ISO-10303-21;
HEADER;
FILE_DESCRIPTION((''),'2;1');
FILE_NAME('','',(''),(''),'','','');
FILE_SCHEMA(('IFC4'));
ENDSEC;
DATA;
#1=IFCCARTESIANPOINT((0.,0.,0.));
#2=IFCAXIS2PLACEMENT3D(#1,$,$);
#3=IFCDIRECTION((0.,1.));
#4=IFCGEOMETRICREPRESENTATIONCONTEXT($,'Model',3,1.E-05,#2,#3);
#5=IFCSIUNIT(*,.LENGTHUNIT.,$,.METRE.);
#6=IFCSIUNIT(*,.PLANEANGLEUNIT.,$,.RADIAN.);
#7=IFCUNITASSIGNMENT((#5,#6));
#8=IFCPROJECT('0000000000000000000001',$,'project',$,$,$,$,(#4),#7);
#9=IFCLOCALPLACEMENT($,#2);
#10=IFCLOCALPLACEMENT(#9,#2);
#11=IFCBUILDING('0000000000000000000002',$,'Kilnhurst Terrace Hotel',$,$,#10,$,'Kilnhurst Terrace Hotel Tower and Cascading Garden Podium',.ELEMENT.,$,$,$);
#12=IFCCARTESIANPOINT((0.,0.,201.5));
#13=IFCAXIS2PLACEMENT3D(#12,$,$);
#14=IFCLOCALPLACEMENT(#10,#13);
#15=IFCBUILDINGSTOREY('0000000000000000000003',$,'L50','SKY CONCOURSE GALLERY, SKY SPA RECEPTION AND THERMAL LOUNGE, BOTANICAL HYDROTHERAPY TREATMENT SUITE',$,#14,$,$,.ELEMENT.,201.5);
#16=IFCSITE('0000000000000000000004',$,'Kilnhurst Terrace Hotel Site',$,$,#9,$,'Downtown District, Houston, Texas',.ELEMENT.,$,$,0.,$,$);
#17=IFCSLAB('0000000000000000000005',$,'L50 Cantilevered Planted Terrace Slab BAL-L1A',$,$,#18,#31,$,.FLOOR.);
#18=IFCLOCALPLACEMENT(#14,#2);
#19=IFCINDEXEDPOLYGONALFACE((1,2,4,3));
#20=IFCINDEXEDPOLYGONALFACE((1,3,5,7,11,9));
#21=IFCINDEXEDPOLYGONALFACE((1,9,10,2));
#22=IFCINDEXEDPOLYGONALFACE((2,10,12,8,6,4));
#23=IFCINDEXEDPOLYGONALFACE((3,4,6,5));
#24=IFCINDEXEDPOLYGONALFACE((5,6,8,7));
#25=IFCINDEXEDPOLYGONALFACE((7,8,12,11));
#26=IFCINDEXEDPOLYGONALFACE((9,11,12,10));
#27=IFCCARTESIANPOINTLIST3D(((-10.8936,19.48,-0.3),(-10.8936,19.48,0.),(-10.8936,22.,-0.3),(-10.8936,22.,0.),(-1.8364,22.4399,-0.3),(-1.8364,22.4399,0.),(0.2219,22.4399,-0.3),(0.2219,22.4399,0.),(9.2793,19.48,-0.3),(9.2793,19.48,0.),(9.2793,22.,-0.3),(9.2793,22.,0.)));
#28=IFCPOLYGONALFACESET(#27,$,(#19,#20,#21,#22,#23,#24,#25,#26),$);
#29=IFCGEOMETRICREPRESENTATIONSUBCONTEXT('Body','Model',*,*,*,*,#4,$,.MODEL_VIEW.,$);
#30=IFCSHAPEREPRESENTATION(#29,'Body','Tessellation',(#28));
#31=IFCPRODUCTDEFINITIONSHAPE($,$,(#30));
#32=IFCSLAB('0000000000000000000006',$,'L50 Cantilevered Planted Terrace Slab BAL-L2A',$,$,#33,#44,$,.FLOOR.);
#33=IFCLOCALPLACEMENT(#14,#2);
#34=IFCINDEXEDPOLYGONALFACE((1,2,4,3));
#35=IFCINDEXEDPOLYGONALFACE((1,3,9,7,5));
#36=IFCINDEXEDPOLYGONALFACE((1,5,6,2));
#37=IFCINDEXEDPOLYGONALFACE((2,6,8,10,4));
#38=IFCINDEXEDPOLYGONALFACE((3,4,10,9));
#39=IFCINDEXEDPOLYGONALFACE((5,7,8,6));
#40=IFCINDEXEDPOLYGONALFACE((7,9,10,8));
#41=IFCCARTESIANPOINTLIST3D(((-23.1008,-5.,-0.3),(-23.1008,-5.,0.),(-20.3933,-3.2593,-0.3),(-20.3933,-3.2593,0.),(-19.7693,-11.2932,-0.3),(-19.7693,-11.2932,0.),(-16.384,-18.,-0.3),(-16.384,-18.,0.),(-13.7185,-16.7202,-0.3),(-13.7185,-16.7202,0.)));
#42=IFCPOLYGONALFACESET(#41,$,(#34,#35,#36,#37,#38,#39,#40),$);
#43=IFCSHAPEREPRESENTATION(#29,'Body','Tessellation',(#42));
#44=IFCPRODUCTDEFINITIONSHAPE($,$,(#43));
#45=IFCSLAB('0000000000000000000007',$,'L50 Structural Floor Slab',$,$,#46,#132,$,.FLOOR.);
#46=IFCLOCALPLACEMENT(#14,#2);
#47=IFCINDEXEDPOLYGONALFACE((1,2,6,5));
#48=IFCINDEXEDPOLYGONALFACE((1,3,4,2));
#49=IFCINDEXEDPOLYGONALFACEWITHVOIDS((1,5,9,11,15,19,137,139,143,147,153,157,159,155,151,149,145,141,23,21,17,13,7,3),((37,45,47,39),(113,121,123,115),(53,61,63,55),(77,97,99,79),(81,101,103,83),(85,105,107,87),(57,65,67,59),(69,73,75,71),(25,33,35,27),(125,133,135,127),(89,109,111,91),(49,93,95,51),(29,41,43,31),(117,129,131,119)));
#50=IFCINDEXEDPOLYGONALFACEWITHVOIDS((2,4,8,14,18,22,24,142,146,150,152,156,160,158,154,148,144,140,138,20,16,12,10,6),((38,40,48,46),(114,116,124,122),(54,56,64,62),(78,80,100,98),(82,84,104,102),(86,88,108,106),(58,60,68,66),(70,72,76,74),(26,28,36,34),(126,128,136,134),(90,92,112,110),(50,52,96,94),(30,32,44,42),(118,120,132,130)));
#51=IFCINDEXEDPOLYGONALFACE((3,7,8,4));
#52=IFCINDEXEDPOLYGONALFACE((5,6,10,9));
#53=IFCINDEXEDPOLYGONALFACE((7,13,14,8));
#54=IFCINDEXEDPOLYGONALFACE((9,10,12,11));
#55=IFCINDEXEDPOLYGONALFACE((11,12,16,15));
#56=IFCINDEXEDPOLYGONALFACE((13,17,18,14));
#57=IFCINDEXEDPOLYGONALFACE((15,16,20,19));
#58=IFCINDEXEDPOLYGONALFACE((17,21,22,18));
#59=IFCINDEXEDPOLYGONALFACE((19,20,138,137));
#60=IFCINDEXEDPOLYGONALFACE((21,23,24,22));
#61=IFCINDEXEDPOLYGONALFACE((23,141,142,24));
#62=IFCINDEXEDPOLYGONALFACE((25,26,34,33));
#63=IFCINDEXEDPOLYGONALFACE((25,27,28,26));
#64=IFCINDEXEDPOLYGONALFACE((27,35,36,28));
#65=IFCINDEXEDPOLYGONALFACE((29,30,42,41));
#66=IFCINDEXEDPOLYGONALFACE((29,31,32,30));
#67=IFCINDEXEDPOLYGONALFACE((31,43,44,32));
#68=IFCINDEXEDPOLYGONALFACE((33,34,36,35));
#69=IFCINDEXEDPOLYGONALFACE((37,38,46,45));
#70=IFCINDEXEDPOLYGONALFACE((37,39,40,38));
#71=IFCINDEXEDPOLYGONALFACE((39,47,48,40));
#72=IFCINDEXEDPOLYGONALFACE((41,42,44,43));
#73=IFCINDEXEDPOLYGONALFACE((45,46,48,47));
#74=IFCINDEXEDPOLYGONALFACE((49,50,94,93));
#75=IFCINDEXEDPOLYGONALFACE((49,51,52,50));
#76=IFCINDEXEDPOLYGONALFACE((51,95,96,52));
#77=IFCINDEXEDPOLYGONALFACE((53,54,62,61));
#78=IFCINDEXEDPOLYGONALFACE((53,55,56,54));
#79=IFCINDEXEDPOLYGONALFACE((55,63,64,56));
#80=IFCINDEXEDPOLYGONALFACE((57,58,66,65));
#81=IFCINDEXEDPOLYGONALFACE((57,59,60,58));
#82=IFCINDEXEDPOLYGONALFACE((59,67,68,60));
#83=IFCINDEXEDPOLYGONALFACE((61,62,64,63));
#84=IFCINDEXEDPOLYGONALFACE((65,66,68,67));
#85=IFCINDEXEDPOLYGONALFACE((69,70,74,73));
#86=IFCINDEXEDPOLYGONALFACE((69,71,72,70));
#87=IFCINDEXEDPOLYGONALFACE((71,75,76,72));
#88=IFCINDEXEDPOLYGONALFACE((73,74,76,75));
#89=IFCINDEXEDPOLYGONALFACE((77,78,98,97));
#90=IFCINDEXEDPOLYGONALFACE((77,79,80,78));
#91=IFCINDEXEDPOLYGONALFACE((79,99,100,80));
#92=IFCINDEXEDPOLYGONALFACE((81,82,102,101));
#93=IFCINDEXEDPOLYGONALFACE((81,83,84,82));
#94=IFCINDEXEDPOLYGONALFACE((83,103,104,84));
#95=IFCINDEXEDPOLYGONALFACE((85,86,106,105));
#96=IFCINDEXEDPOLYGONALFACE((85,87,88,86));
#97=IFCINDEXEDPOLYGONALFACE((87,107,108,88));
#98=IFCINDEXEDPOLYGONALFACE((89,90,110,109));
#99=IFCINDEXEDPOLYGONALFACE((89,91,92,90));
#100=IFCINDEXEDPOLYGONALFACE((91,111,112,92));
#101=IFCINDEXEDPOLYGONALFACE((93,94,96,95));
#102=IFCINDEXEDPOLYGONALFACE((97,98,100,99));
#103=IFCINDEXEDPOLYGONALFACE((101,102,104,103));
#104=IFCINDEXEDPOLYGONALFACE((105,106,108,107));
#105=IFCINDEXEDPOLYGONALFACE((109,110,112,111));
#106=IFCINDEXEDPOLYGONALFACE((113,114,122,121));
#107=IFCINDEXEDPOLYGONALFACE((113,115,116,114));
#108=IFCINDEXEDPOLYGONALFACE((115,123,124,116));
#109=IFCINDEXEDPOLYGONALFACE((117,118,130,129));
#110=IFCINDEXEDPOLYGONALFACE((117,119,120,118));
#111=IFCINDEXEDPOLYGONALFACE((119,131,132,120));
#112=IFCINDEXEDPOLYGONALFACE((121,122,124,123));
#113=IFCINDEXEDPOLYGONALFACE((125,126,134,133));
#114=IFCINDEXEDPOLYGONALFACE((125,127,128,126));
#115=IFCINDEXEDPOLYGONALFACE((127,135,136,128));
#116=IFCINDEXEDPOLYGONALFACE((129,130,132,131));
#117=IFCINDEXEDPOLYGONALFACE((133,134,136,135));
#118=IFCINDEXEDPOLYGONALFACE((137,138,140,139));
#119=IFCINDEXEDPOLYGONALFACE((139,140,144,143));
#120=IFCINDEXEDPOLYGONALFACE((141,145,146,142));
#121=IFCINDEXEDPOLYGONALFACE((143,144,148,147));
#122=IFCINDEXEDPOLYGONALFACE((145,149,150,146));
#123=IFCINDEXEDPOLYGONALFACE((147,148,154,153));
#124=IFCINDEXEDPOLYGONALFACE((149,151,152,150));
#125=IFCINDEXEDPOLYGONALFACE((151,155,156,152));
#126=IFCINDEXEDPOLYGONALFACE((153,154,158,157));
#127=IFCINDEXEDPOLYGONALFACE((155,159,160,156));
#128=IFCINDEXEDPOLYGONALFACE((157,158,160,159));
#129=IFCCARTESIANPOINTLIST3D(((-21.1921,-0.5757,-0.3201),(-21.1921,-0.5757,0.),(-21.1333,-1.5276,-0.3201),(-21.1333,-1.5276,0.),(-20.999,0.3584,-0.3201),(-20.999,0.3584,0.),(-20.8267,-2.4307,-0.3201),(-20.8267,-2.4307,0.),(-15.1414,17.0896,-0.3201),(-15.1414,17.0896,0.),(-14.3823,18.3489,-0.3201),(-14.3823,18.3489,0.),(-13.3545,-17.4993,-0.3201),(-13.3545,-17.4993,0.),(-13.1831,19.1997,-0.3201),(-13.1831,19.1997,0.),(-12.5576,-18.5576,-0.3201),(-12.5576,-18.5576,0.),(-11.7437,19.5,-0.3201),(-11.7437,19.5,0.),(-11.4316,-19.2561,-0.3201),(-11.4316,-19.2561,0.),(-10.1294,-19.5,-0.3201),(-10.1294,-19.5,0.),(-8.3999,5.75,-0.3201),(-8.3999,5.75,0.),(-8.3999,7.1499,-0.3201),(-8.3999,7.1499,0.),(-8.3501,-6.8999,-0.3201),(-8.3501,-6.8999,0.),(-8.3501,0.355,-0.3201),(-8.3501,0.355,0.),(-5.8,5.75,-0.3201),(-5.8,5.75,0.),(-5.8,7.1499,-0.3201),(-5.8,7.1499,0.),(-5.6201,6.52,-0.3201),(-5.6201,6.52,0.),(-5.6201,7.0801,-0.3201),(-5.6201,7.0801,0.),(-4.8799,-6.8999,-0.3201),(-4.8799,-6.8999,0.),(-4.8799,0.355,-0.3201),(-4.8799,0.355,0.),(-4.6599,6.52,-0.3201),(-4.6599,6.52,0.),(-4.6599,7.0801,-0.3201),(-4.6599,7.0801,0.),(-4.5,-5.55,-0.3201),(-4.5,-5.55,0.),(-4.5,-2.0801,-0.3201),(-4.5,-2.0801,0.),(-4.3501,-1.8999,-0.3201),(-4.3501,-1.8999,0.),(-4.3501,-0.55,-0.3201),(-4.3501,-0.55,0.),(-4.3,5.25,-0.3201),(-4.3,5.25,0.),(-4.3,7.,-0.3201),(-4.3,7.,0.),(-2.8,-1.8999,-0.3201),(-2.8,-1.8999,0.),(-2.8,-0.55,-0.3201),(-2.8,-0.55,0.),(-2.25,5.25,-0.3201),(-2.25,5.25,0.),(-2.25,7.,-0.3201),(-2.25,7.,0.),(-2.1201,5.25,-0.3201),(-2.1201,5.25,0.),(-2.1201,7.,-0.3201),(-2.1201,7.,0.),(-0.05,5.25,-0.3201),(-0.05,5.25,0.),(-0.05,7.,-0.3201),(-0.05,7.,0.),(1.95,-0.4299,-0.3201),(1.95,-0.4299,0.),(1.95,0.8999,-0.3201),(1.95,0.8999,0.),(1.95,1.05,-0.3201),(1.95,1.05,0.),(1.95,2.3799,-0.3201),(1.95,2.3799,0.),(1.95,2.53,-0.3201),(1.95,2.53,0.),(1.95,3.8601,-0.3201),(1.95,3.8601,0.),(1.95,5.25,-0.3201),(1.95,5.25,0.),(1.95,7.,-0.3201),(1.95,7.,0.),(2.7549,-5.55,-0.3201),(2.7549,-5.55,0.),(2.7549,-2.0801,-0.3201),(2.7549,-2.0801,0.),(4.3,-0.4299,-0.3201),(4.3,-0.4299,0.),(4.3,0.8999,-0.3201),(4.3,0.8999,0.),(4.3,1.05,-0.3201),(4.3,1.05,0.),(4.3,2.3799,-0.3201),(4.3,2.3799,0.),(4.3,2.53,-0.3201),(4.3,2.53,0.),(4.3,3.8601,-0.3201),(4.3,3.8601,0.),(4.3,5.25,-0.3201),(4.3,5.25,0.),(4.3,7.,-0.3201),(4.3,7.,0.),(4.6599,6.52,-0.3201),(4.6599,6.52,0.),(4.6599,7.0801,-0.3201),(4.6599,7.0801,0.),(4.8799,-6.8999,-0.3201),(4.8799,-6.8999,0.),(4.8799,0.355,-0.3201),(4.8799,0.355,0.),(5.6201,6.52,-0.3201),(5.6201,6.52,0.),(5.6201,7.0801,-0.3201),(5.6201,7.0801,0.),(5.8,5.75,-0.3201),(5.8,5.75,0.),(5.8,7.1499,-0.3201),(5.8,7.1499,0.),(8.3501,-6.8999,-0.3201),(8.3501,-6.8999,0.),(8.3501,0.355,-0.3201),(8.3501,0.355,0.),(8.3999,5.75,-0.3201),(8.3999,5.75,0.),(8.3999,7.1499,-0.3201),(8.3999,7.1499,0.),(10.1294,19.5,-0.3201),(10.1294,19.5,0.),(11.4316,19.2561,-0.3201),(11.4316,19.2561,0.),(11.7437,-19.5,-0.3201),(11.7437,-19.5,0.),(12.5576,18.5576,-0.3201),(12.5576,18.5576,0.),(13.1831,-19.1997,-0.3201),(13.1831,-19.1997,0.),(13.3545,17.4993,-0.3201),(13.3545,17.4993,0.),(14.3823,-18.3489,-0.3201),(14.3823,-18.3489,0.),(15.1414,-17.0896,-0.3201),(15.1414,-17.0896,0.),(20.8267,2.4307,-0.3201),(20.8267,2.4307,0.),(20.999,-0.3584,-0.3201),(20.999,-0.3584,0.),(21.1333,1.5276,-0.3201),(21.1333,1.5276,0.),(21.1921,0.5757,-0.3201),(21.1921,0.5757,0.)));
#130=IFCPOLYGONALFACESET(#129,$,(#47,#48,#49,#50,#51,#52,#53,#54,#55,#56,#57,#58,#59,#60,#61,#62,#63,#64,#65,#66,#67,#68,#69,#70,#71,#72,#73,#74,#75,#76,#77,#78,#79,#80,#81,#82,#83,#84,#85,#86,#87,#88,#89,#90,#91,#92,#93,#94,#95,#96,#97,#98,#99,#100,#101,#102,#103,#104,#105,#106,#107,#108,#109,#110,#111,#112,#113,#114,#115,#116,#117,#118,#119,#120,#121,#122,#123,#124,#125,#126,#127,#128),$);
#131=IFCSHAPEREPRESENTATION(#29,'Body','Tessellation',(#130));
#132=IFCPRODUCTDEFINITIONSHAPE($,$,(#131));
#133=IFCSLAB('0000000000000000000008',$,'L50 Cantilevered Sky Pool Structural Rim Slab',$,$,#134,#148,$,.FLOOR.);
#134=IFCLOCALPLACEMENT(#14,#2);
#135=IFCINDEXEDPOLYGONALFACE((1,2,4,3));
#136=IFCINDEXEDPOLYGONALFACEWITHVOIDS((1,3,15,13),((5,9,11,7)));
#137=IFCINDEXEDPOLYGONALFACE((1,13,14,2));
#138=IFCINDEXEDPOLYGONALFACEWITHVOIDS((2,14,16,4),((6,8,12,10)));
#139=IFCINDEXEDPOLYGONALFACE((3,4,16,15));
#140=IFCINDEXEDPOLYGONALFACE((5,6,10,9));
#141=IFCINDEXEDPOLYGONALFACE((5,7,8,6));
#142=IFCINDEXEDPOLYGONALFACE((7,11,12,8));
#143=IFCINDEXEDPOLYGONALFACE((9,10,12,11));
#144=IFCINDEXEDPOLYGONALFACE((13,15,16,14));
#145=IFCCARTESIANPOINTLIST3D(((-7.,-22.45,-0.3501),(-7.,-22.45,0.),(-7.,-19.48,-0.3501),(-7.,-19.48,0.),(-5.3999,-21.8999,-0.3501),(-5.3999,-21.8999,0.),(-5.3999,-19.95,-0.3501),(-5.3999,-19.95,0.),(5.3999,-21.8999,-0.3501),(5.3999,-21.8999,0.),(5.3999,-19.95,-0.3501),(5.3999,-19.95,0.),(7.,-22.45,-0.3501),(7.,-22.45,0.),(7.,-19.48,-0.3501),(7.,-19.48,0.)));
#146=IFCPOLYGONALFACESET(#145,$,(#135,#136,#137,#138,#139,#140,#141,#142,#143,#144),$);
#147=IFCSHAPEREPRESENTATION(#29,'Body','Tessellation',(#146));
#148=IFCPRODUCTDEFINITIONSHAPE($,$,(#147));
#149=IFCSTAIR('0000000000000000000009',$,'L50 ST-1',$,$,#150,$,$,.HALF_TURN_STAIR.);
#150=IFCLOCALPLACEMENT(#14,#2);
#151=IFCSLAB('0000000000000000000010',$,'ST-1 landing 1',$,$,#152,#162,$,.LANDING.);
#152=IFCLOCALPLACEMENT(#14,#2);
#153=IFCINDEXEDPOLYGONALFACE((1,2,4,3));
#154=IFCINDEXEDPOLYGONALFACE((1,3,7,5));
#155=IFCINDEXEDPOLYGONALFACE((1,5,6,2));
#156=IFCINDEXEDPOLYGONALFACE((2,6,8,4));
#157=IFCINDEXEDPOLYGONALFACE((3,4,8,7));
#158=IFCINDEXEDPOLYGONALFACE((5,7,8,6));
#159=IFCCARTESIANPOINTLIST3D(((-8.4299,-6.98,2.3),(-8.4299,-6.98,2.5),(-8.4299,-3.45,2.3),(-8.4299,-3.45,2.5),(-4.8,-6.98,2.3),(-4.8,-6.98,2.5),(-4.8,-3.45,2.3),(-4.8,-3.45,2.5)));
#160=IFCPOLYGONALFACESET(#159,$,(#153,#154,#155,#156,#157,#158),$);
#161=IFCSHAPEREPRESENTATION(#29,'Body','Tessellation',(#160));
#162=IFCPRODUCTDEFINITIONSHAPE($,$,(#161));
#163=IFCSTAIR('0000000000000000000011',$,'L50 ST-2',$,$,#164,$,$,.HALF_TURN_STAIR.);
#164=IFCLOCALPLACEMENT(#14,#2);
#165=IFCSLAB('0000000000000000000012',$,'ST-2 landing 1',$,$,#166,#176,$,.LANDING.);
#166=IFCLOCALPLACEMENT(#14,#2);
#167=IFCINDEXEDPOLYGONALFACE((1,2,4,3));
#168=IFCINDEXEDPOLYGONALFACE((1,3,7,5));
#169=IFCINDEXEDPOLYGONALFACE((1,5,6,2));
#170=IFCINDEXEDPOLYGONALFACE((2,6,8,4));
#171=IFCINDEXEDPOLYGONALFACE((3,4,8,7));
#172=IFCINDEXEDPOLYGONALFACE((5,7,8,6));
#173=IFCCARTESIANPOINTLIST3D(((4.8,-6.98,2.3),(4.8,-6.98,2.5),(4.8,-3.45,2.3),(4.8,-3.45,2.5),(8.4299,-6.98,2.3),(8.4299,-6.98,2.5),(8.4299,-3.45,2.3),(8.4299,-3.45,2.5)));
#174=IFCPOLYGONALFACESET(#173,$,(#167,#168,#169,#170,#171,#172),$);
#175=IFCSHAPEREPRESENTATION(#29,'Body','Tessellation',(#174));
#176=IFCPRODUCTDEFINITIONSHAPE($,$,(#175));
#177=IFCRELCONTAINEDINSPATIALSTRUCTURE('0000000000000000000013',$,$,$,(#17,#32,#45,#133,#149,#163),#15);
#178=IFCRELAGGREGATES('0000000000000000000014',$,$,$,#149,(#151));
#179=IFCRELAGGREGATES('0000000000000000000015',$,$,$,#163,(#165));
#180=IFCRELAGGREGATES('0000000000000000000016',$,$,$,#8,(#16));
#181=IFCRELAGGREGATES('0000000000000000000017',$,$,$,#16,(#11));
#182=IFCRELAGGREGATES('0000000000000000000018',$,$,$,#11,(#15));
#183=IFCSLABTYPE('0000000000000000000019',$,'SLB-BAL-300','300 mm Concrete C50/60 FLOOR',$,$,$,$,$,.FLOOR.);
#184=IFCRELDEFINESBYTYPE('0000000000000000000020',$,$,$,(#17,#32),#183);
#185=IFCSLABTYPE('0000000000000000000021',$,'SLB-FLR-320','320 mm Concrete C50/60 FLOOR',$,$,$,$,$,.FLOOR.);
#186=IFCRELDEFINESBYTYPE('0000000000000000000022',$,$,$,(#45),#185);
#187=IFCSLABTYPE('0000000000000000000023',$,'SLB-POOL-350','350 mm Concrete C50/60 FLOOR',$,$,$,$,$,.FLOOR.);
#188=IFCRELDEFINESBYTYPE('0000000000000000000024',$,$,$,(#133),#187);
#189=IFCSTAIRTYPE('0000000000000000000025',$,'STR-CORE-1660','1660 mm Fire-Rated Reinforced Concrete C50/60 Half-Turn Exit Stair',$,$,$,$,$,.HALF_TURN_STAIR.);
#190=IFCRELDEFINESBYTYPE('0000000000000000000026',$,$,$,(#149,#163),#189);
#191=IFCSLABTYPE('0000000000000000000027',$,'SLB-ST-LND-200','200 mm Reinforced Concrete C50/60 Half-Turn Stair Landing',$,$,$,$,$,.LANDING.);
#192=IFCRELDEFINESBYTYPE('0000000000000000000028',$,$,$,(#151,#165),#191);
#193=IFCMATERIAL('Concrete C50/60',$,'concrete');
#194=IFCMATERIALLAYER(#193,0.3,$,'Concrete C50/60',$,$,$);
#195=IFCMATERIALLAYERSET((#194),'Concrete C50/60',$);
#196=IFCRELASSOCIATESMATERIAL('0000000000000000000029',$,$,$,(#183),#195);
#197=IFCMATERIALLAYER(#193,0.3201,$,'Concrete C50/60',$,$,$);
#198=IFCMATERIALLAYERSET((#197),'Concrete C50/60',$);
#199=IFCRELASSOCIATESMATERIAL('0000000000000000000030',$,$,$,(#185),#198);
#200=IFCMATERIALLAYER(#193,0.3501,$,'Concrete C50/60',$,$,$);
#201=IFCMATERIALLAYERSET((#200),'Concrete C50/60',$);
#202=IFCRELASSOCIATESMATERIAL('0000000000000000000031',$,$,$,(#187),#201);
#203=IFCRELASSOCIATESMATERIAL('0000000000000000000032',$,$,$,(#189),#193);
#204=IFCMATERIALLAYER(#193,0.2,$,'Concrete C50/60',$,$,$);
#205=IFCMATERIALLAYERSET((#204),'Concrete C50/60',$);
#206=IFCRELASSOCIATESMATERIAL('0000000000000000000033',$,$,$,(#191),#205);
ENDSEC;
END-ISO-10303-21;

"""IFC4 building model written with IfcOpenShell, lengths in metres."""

from ifc_helpers import new_model, si_unit, direction, frame, origin, place, context, subcontext, project, spatial, polyline, outline, extrude, material, layer, layer_set, type_object, element, aggregate, save


model = new_model("IFC4")

# Units and contexts
model_context = context("Model", 3, precision=1e-05, world=origin(), true_north=direction((0.0, 1.0)))
body_context = subcontext(model_context, "Body", "Model", "MODEL_VIEW")
ifc_project = project(units=[si_unit("LENGTHUNIT", "METRE"), si_unit("PLANEANGLEUNIT", "RADIAN")], contexts=[model_context])

# Site, building, storey
site_placement = place(None, origin())
site = spatial("IfcSite", under=ifc_project, at=site_placement, Name="Kilnhurst Terrace Hotel Site", LongName="Downtown District, Houston, Texas", CompositionType="ELEMENT", RefElevation=0.0)
building_placement = place(site_placement, origin())
building = spatial("IfcBuilding", under=site, at=building_placement, Name="Kilnhurst Terrace Hotel", LongName="Kilnhurst Terrace Hotel Tower and Cascading Garden Podium", CompositionType="ELEMENT")
storey_placement = place(building_placement, frame((0.0, 0.0, 201.5)))
storey = spatial("IfcBuildingStorey", under=building, at=storey_placement, Name="L50", Description="SKY CONCOURSE GALLERY, SKY SPA RECEPTION AND THERMAL LOUNGE, BOTANICAL HYDROTHERAPY TREATMENT SUITE", CompositionType="ELEMENT", Elevation=201.5)

# Slabs
ifc_material_1 = material(Name="Concrete C50/60", Category="concrete")
ifc_layer_1 = layer(ifc_material_1, 0.3, Name="Concrete C50/60")
ifc_layer_set_1 = layer_set([ifc_layer_1], Name="Concrete C50/60")
slab_type_1 = type_object("IfcSlabType", Name="SLB-BAL-300", Description="300 mm Concrete C50/60 FLOOR", PredefinedType="FLOOR", material=ifc_layer_set_1)
slab_1_placement = place(storey_placement, frame((0.0, 0.0, -0.3)))
element("IfcSlab", 1, at=slab_1_placement, inside=storey, type_object=slab_type_1, Name="L50 Cantilevered Planted Terrace Slab BAL-L1A", PredefinedType="FLOOR", context=body_context, shape_type="SweptSolid", body=[
    extrude(outline(polyline([(-1.8364, 22.4399), (0.2219, 22.4399), (9.2793, 22.0), (9.2793, 19.48), (-10.8936, 19.48), (-10.8936, 22.0), (-1.8364, 22.4399)])), origin(), (0.0, 0.0, 1.0), 0.3),
])
slab_2_placement = place(storey_placement, frame((0.0, 0.0, -0.3)))
element("IfcSlab", 2, at=slab_2_placement, inside=storey, type_object=slab_type_1, Name="L50 Cantilevered Planted Terrace Slab BAL-L2A", PredefinedType="FLOOR", context=body_context, shape_type="SweptSolid", body=[
    extrude(outline(polyline([(-23.1008, -5.0), (-20.3933, -3.2593), (-13.7185, -16.7202), (-16.384, -18.0), (-19.7693, -11.2932), (-23.1008, -5.0)])), origin(), (0.0, 0.0, 1.0), 0.3),
])
ifc_layer_2 = layer(ifc_material_1, 0.3201, Name="Concrete C50/60")
ifc_layer_set_2 = layer_set([ifc_layer_2], Name="Concrete C50/60")
slab_type_2 = type_object("IfcSlabType", Name="SLB-FLR-320", Description="320 mm Concrete C50/60 FLOOR", PredefinedType="FLOOR", material=ifc_layer_set_2)
slab_3_placement = place(storey_placement, frame((0.0, 0.0, -0.3201)))
element("IfcSlab", 3, at=slab_3_placement, inside=storey, type_object=slab_type_2, Name="L50 Structural Floor Slab", PredefinedType="FLOOR", context=body_context, shape_type="SweptSolid", body=[
    extrude(outline(polyline([(-13.3545, -17.4993), (-12.5576, -18.5576), (-11.4316, -19.2561), (-10.1294, -19.5), (11.7437, -19.5), (13.1831, -19.1997), (14.3823, -18.3489), (15.1414, -17.0896), (20.999, -0.3584), (21.1921, 0.5757), (21.1333, 1.5276), (20.8267, 2.4307), (13.3545, 17.4993), (12.5576, 18.5576), (11.4316, 19.2561), (10.1294, 19.5), (-11.7437, 19.5), (-13.1831, 19.1997), (-14.3823, 18.3489), (-15.1414, 17.0896), (-20.999, 0.3584), (-21.1921, -0.5757), (-21.1333, -1.5276), (-20.8267, -2.4307), (-13.3545, -17.4993)]), holes=[polyline([(2.7549, -2.0801), (2.7549, -5.55), (-4.5, -5.55), (-4.5, -2.0801), (2.7549, -2.0801)]), polyline([(-4.8799, 0.355), (-4.8799, -6.8999), (-8.3501, -6.8999), (-8.3501, 0.355), (-4.8799, 0.355)]), polyline([(-4.3501, -1.8999), (-4.3501, -0.55), (-2.8, -0.55), (-2.8, -1.8999), (-4.3501, -1.8999)]), polyline([(-4.3, 5.25), (-4.3, 7.0), (-2.25, 7.0), (-2.25, 5.25), (-4.3, 5.25)]), polyline([(-2.1201, 5.25), (-2.1201, 7.0), (-0.05, 7.0), (-0.05, 5.25), (-2.1201, 5.25)]), polyline([(-8.3999, 5.75), (-8.3999, 7.1499), (-5.8, 7.1499), (-5.8, 5.75), (-8.3999, 5.75)]), polyline([(-5.6201, 6.52), (-5.6201, 7.0801), (-4.6599, 7.0801), (-4.6599, 6.52), (-5.6201, 6.52)]), polyline([(4.8799, 0.355), (8.3501, 0.355), (8.3501, -6.8999), (4.8799, -6.8999), (4.8799, 0.355)]), polyline([(1.95, -0.4299), (1.95, 0.8999), (4.3, 0.8999), (4.3, -0.4299), (1.95, -0.4299)]), polyline([(1.95, 1.05), (1.95, 2.3799), (4.3, 2.3799), (4.3, 1.05), (1.95, 1.05)]), polyline([(1.95, 2.53), (1.95, 3.8601), (4.3, 3.8601), (4.3, 2.53), (1.95, 2.53)]), polyline([(1.95, 5.25), (1.95, 7.0), (4.3, 7.0), (4.3, 5.25), (1.95, 5.25)]), polyline([(5.8, 5.75), (5.8, 7.1499), (8.3999, 7.1499), (8.3999, 5.75), (5.8, 5.75)]), polyline([(4.6599, 6.52), (4.6599, 7.0801), (5.6201, 7.0801), (5.6201, 6.52), (4.6599, 6.52)])]), origin(), (0.0, 0.0, 1.0), 0.3201),
])
ifc_layer_3 = layer(ifc_material_1, 0.3501, Name="Concrete C50/60")
ifc_layer_set_3 = layer_set([ifc_layer_3], Name="Concrete C50/60")
slab_type_3 = type_object("IfcSlabType", Name="SLB-POOL-350", Description="350 mm Concrete C50/60 FLOOR", PredefinedType="FLOOR", material=ifc_layer_set_3)
slab_4_placement = place(storey_placement, frame((0.0, 0.0, -0.3501)))
element("IfcSlab", 4, at=slab_4_placement, inside=storey, type_object=slab_type_3, Name="L50 Cantilevered Sky Pool Structural Rim Slab", PredefinedType="FLOOR", context=body_context, shape_type="SweptSolid", body=[
    extrude(outline(polyline([(7.0, -22.45), (-7.0, -22.45), (-7.0, -19.48), (7.0, -19.48), (7.0, -22.45)]), holes=[polyline([(5.3999, -21.8999), (5.3999, -19.95), (-5.3999, -19.95), (-5.3999, -21.8999), (5.3999, -21.8999)])]), origin(), (0.0, 0.0, 1.0), 0.3501),
])

# Stairs, slabs
stair_type = type_object("IfcStairType", Name="STR-CORE-1660", Description="1660 mm Fire-Rated Reinforced Concrete C50/60 Half-Turn Exit Stair", PredefinedType="HALF_TURN_STAIR", material=ifc_material_1)
stair_1_placement = place(storey_placement, origin())
stair_1 = element("IfcStair", 5, at=stair_1_placement, inside=storey, type_object=stair_type, Name="L50 ST-1", PredefinedType="HALF_TURN_STAIR")
ifc_layer_4 = layer(ifc_material_1, 0.2, Name="Concrete C50/60")
ifc_layer_set_4 = layer_set([ifc_layer_4], Name="Concrete C50/60")
slab_type_4 = type_object("IfcSlabType", Name="SLB-ST-LND-200", Description="200 mm Reinforced Concrete C50/60 Half-Turn Stair Landing", PredefinedType="LANDING", material=ifc_layer_set_4)
slab_5_placement = place(storey_placement, frame((0.0, 0.0, 2.3)))
slab_5 = element("IfcSlab", 6, at=slab_5_placement, type_object=slab_type_4, Name="ST-1 landing 1", PredefinedType="LANDING", context=body_context, shape_type="SweptSolid", body=[
    extrude(outline(polyline([(-8.4299, -3.45), (-4.8, -3.45), (-4.8, -6.98), (-8.4299, -6.98), (-8.4299, -3.45)])), origin(), (0.0, 0.0, 1.0), 0.2),
])
aggregate(stair_1, [slab_5])
stair_2_placement = place(storey_placement, origin())
stair_2 = element("IfcStair", 7, at=stair_2_placement, inside=storey, type_object=stair_type, Name="L50 ST-2", PredefinedType="HALF_TURN_STAIR")
slab_6_placement = place(storey_placement, frame((0.0, 0.0, 2.3)))
slab_6 = element("IfcSlab", 8, at=slab_6_placement, type_object=slab_type_4, Name="ST-2 landing 1", PredefinedType="LANDING", context=body_context, shape_type="SweptSolid", body=[
    extrude(outline(polyline([(4.8, -3.45), (8.4299, -3.45), (8.4299, -6.98), (4.8, -6.98), (4.8, -3.45)])), origin(), (0.0, 0.0, 1.0), 0.2),
])

aggregate(stair_2, [slab_6])

save(model, "model.ifc")
